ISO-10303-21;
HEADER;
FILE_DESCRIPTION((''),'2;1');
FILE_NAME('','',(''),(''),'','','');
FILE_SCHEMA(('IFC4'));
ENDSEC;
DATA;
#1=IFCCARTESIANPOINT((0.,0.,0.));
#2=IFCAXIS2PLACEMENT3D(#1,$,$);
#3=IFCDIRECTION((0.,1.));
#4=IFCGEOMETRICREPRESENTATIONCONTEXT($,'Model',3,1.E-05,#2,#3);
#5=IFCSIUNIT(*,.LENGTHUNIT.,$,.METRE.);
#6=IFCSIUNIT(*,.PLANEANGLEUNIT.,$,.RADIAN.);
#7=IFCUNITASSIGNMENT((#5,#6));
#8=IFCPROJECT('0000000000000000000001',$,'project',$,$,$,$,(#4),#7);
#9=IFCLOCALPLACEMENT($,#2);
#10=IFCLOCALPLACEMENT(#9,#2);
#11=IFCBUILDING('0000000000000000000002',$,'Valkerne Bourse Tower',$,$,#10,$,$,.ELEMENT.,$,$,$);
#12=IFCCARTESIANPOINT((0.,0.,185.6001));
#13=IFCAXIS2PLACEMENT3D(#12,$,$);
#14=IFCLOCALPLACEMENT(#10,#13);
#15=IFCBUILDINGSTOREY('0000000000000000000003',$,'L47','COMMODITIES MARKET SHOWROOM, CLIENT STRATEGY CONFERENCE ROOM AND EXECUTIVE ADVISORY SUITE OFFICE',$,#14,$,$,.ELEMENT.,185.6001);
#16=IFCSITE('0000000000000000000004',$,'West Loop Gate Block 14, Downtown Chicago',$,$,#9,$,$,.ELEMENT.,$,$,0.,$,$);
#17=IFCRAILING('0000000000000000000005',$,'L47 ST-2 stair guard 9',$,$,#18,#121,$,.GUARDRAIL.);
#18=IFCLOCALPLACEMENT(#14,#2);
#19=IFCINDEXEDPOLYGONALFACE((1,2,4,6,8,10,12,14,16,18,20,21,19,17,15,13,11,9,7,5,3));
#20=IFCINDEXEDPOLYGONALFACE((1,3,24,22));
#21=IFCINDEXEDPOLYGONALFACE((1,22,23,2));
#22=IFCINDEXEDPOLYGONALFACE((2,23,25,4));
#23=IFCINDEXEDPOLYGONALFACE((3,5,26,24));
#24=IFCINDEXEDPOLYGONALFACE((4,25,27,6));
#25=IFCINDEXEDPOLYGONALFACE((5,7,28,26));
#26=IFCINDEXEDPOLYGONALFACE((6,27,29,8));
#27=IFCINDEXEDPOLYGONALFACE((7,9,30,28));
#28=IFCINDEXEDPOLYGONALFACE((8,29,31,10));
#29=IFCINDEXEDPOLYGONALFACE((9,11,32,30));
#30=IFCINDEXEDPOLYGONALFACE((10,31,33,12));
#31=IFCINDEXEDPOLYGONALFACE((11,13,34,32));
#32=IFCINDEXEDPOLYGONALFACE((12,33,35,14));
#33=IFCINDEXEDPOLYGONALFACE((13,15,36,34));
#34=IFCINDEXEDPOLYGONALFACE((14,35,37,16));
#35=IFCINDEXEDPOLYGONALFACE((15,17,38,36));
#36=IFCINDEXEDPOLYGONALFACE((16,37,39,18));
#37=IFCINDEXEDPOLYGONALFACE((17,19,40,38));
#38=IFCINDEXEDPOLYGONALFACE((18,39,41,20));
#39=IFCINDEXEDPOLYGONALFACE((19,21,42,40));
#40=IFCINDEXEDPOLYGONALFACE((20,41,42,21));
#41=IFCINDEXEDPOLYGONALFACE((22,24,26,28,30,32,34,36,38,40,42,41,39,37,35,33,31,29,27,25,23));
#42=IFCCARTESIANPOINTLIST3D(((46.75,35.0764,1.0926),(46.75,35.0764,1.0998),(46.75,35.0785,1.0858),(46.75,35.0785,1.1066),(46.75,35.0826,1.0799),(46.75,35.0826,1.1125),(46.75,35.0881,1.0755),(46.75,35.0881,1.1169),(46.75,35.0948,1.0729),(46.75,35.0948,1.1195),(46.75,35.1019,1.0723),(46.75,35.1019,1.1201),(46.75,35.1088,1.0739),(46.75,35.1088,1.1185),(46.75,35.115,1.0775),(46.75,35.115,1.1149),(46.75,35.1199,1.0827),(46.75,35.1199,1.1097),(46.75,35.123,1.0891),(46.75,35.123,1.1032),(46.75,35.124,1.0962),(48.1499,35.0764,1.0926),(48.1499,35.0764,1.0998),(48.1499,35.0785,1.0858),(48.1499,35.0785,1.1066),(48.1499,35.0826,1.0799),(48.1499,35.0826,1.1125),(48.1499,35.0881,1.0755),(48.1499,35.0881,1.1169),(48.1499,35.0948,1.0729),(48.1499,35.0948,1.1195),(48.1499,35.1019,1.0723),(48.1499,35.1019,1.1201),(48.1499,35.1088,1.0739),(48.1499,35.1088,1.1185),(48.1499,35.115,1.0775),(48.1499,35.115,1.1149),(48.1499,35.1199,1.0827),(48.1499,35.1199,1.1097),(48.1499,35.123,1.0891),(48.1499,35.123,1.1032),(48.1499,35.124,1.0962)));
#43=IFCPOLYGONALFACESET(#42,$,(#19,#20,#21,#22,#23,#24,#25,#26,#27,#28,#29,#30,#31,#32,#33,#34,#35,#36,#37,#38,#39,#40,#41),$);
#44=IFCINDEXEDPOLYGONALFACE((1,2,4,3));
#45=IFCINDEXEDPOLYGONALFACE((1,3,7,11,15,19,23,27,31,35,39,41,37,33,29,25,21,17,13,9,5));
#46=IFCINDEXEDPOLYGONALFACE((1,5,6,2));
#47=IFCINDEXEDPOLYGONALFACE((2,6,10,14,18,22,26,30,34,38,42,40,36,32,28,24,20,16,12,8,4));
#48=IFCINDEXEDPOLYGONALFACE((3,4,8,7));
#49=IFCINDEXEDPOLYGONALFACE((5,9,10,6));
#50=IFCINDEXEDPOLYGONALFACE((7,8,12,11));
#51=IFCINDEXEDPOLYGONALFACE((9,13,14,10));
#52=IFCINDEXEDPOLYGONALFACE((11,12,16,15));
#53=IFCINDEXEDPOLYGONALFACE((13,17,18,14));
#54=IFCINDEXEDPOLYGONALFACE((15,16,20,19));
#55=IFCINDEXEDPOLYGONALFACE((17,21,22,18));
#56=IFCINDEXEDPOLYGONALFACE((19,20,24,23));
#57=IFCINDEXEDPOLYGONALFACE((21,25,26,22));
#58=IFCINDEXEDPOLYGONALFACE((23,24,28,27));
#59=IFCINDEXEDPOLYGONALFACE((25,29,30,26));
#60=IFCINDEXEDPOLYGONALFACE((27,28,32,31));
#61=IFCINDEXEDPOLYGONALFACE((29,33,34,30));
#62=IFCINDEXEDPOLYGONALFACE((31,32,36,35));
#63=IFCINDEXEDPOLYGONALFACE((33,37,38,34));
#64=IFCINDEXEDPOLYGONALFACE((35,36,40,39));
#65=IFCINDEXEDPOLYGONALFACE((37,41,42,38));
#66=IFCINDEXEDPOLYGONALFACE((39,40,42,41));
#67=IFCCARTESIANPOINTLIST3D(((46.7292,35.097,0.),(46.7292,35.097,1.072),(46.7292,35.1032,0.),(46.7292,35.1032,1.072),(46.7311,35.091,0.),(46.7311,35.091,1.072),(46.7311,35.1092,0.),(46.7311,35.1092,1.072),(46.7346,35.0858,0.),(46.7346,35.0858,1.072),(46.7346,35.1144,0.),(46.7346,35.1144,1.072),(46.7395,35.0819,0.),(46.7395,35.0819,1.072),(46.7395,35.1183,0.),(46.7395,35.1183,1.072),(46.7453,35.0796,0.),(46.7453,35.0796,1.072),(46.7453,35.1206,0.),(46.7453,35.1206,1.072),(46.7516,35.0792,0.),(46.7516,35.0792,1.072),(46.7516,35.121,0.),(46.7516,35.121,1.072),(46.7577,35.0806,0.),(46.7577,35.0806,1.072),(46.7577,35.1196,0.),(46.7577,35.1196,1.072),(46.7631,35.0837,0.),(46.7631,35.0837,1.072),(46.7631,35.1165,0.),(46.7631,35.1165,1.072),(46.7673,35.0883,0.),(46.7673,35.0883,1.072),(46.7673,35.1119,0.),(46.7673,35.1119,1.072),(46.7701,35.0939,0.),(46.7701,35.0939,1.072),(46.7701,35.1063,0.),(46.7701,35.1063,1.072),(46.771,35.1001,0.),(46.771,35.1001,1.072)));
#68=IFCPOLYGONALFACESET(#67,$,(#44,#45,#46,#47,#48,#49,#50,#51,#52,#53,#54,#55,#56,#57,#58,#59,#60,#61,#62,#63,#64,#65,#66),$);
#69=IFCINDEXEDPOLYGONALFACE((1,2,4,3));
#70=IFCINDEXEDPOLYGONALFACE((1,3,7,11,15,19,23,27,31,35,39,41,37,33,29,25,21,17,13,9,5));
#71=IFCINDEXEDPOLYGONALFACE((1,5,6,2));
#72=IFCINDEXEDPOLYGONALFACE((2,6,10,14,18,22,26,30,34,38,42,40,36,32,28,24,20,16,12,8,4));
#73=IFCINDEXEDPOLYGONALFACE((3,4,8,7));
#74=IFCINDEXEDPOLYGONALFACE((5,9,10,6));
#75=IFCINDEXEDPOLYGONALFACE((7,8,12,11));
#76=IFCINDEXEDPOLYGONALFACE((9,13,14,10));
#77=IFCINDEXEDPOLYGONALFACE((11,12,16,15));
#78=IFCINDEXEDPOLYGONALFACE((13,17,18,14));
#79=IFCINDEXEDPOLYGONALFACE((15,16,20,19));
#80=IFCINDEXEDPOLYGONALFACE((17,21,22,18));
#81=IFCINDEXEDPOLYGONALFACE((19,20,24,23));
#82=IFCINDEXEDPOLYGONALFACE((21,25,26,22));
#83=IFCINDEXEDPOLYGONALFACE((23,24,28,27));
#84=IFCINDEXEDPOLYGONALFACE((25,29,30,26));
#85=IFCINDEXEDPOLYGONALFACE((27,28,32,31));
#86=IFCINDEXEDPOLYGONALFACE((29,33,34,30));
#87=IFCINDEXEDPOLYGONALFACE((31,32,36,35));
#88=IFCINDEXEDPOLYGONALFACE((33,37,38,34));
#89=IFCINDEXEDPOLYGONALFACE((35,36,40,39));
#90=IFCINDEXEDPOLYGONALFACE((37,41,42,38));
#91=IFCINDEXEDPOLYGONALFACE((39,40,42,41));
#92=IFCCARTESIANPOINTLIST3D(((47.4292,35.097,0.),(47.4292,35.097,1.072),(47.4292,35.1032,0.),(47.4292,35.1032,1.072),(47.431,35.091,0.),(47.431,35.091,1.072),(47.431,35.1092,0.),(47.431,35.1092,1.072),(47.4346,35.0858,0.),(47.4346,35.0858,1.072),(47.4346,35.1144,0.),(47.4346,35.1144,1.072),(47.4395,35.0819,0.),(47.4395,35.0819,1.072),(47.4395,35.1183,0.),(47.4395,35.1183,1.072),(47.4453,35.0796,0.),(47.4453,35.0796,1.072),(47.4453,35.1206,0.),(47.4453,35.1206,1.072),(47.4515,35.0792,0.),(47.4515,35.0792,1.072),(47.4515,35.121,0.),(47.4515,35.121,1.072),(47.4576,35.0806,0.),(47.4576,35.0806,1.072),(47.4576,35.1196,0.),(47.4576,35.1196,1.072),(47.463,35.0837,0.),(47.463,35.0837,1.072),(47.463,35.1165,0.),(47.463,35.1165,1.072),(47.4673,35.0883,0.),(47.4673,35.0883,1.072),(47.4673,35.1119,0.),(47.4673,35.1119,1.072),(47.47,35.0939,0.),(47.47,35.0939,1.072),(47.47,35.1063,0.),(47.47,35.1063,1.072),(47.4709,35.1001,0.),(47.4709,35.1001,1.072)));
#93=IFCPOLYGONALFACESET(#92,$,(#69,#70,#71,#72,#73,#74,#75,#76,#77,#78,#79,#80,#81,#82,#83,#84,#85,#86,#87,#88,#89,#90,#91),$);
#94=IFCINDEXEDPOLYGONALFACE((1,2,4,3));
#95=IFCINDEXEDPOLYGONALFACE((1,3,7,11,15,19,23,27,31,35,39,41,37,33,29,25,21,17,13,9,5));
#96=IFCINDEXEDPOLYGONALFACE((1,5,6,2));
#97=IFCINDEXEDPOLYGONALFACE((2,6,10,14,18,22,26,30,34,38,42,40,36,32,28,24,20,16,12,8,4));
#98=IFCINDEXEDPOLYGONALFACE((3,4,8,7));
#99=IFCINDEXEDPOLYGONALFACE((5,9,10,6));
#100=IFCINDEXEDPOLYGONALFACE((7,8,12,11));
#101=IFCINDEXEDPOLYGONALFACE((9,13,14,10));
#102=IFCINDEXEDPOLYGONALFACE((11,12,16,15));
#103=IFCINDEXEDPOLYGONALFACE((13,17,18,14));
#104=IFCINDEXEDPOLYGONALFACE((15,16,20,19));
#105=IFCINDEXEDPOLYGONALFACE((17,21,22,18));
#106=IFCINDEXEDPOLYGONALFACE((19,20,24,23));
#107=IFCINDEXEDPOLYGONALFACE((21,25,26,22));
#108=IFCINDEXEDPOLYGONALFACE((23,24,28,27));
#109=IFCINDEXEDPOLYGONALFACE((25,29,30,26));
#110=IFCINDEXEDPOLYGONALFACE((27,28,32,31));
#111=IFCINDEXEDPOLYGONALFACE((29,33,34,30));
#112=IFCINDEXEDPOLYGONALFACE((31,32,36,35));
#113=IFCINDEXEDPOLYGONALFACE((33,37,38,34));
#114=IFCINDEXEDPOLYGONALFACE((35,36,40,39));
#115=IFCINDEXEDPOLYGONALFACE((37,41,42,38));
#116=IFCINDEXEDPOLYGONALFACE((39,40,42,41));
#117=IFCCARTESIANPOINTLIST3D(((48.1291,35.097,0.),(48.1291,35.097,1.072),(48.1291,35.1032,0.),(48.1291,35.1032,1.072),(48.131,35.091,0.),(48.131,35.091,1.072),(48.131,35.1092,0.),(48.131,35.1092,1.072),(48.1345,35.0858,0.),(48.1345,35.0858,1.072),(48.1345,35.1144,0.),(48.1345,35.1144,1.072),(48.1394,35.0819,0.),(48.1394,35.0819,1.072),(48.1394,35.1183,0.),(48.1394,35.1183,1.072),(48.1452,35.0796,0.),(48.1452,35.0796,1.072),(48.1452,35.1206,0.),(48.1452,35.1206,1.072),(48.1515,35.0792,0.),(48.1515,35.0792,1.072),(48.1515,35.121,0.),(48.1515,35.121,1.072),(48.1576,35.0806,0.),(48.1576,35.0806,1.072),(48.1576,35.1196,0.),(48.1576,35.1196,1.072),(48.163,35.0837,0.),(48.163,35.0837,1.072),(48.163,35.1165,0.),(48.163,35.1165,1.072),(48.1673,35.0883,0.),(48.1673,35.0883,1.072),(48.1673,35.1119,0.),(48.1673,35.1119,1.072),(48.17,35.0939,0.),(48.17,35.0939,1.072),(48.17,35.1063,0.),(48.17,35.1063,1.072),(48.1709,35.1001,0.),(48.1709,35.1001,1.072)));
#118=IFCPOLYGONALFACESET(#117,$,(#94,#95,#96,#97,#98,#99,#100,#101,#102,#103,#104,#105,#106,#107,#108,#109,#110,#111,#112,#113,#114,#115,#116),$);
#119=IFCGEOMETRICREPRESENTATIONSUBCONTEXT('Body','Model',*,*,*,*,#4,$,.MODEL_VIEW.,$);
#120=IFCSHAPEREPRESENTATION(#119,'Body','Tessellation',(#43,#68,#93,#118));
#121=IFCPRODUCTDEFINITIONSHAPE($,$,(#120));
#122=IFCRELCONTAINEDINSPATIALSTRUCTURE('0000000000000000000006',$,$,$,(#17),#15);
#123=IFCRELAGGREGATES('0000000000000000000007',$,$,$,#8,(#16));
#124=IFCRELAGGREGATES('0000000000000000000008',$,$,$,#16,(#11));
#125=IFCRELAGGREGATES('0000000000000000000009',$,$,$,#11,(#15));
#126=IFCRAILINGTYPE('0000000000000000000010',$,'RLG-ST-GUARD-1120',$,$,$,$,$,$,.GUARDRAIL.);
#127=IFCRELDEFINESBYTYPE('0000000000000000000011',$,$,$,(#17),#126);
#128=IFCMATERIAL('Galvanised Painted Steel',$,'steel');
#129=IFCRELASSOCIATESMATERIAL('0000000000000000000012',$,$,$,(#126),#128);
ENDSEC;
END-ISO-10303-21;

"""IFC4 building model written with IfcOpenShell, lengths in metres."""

from ifc_helpers import new_model, si_unit, direction, frame, origin, origin_2d, place, context, subcontext, project, spatial, circle, extrude, material, type_object, element, save


model = new_model("IFC4")

# Units and contexts
model_context = context("Model", 3, precision=1e-05, world=origin(), true_north=direction((0.0, 1.0)))
body_context = subcontext(model_context, "Body", "Model", "MODEL_VIEW")
ifc_project = project(units=[si_unit("LENGTHUNIT", "METRE"), si_unit("PLANEANGLEUNIT", "RADIAN")], contexts=[model_context])

# Site, building, storey
site_placement = place(None, origin())
site = spatial("IfcSite", under=ifc_project, at=site_placement, Name="West Loop Gate Block 14, Downtown Chicago", CompositionType="ELEMENT", RefElevation=0.0)
building_placement = place(site_placement, origin())
building = spatial("IfcBuilding", under=site, at=building_placement, Name="Valkerne Bourse Tower", CompositionType="ELEMENT")
storey_placement = place(building_placement, frame((0.0, 0.0, 185.6001)))
storey = spatial("IfcBuildingStorey", under=building, at=storey_placement, Name="L47", Description="COMMODITIES MARKET SHOWROOM, CLIENT STRATEGY CONFERENCE ROOM AND EXECUTIVE ADVISORY SUITE OFFICE", CompositionType="ELEMENT", Elevation=185.6001)

# Shared definitions
ifc_material_1 = material(Name="Galvanised Painted Steel", Category="steel")

# Railing
railing_type_1 = type_object("IfcRailingType", Name="RLG-ST-GUARD-1120", PredefinedType="GUARDRAIL", material=ifc_material_1)
for number, where, name in (
    (1, (46.75, 35.1001, 0.0), "L47 ST-2 stair guard 9"),
):
    element("IfcRailing", number, at=place(storey_placement, frame(where)), inside=storey, type_object=railing_type_1, Name=name, PredefinedType="GUARDRAIL", context=body_context, shape_type="SweptSolid", body=[
        extrude(circle(Radius=0.0239, at=origin_2d()), frame((0.0, 0.0, 1.0962), z_axis=(1.0, 0.0, 0.0), x_axis=(0.0, 1.0, 0.0)), (0.0, 0.0, 1.0), 1.3999),
        extrude(circle(Radius=0.021, at=origin_2d()), origin(), (0.0, 0.0, 1.0), 1.072),
        extrude(circle(Radius=0.021, at=origin_2d()), frame((0.7, 0.0, 0.0)), (0.0, 0.0, 1.0), 1.072),
        extrude(circle(Radius=0.021, at=origin_2d()), frame((1.3999, 0.0, 0.0)), (0.0, 0.0, 1.0), 1.072),
    ])

save(model, "model.ifc")
